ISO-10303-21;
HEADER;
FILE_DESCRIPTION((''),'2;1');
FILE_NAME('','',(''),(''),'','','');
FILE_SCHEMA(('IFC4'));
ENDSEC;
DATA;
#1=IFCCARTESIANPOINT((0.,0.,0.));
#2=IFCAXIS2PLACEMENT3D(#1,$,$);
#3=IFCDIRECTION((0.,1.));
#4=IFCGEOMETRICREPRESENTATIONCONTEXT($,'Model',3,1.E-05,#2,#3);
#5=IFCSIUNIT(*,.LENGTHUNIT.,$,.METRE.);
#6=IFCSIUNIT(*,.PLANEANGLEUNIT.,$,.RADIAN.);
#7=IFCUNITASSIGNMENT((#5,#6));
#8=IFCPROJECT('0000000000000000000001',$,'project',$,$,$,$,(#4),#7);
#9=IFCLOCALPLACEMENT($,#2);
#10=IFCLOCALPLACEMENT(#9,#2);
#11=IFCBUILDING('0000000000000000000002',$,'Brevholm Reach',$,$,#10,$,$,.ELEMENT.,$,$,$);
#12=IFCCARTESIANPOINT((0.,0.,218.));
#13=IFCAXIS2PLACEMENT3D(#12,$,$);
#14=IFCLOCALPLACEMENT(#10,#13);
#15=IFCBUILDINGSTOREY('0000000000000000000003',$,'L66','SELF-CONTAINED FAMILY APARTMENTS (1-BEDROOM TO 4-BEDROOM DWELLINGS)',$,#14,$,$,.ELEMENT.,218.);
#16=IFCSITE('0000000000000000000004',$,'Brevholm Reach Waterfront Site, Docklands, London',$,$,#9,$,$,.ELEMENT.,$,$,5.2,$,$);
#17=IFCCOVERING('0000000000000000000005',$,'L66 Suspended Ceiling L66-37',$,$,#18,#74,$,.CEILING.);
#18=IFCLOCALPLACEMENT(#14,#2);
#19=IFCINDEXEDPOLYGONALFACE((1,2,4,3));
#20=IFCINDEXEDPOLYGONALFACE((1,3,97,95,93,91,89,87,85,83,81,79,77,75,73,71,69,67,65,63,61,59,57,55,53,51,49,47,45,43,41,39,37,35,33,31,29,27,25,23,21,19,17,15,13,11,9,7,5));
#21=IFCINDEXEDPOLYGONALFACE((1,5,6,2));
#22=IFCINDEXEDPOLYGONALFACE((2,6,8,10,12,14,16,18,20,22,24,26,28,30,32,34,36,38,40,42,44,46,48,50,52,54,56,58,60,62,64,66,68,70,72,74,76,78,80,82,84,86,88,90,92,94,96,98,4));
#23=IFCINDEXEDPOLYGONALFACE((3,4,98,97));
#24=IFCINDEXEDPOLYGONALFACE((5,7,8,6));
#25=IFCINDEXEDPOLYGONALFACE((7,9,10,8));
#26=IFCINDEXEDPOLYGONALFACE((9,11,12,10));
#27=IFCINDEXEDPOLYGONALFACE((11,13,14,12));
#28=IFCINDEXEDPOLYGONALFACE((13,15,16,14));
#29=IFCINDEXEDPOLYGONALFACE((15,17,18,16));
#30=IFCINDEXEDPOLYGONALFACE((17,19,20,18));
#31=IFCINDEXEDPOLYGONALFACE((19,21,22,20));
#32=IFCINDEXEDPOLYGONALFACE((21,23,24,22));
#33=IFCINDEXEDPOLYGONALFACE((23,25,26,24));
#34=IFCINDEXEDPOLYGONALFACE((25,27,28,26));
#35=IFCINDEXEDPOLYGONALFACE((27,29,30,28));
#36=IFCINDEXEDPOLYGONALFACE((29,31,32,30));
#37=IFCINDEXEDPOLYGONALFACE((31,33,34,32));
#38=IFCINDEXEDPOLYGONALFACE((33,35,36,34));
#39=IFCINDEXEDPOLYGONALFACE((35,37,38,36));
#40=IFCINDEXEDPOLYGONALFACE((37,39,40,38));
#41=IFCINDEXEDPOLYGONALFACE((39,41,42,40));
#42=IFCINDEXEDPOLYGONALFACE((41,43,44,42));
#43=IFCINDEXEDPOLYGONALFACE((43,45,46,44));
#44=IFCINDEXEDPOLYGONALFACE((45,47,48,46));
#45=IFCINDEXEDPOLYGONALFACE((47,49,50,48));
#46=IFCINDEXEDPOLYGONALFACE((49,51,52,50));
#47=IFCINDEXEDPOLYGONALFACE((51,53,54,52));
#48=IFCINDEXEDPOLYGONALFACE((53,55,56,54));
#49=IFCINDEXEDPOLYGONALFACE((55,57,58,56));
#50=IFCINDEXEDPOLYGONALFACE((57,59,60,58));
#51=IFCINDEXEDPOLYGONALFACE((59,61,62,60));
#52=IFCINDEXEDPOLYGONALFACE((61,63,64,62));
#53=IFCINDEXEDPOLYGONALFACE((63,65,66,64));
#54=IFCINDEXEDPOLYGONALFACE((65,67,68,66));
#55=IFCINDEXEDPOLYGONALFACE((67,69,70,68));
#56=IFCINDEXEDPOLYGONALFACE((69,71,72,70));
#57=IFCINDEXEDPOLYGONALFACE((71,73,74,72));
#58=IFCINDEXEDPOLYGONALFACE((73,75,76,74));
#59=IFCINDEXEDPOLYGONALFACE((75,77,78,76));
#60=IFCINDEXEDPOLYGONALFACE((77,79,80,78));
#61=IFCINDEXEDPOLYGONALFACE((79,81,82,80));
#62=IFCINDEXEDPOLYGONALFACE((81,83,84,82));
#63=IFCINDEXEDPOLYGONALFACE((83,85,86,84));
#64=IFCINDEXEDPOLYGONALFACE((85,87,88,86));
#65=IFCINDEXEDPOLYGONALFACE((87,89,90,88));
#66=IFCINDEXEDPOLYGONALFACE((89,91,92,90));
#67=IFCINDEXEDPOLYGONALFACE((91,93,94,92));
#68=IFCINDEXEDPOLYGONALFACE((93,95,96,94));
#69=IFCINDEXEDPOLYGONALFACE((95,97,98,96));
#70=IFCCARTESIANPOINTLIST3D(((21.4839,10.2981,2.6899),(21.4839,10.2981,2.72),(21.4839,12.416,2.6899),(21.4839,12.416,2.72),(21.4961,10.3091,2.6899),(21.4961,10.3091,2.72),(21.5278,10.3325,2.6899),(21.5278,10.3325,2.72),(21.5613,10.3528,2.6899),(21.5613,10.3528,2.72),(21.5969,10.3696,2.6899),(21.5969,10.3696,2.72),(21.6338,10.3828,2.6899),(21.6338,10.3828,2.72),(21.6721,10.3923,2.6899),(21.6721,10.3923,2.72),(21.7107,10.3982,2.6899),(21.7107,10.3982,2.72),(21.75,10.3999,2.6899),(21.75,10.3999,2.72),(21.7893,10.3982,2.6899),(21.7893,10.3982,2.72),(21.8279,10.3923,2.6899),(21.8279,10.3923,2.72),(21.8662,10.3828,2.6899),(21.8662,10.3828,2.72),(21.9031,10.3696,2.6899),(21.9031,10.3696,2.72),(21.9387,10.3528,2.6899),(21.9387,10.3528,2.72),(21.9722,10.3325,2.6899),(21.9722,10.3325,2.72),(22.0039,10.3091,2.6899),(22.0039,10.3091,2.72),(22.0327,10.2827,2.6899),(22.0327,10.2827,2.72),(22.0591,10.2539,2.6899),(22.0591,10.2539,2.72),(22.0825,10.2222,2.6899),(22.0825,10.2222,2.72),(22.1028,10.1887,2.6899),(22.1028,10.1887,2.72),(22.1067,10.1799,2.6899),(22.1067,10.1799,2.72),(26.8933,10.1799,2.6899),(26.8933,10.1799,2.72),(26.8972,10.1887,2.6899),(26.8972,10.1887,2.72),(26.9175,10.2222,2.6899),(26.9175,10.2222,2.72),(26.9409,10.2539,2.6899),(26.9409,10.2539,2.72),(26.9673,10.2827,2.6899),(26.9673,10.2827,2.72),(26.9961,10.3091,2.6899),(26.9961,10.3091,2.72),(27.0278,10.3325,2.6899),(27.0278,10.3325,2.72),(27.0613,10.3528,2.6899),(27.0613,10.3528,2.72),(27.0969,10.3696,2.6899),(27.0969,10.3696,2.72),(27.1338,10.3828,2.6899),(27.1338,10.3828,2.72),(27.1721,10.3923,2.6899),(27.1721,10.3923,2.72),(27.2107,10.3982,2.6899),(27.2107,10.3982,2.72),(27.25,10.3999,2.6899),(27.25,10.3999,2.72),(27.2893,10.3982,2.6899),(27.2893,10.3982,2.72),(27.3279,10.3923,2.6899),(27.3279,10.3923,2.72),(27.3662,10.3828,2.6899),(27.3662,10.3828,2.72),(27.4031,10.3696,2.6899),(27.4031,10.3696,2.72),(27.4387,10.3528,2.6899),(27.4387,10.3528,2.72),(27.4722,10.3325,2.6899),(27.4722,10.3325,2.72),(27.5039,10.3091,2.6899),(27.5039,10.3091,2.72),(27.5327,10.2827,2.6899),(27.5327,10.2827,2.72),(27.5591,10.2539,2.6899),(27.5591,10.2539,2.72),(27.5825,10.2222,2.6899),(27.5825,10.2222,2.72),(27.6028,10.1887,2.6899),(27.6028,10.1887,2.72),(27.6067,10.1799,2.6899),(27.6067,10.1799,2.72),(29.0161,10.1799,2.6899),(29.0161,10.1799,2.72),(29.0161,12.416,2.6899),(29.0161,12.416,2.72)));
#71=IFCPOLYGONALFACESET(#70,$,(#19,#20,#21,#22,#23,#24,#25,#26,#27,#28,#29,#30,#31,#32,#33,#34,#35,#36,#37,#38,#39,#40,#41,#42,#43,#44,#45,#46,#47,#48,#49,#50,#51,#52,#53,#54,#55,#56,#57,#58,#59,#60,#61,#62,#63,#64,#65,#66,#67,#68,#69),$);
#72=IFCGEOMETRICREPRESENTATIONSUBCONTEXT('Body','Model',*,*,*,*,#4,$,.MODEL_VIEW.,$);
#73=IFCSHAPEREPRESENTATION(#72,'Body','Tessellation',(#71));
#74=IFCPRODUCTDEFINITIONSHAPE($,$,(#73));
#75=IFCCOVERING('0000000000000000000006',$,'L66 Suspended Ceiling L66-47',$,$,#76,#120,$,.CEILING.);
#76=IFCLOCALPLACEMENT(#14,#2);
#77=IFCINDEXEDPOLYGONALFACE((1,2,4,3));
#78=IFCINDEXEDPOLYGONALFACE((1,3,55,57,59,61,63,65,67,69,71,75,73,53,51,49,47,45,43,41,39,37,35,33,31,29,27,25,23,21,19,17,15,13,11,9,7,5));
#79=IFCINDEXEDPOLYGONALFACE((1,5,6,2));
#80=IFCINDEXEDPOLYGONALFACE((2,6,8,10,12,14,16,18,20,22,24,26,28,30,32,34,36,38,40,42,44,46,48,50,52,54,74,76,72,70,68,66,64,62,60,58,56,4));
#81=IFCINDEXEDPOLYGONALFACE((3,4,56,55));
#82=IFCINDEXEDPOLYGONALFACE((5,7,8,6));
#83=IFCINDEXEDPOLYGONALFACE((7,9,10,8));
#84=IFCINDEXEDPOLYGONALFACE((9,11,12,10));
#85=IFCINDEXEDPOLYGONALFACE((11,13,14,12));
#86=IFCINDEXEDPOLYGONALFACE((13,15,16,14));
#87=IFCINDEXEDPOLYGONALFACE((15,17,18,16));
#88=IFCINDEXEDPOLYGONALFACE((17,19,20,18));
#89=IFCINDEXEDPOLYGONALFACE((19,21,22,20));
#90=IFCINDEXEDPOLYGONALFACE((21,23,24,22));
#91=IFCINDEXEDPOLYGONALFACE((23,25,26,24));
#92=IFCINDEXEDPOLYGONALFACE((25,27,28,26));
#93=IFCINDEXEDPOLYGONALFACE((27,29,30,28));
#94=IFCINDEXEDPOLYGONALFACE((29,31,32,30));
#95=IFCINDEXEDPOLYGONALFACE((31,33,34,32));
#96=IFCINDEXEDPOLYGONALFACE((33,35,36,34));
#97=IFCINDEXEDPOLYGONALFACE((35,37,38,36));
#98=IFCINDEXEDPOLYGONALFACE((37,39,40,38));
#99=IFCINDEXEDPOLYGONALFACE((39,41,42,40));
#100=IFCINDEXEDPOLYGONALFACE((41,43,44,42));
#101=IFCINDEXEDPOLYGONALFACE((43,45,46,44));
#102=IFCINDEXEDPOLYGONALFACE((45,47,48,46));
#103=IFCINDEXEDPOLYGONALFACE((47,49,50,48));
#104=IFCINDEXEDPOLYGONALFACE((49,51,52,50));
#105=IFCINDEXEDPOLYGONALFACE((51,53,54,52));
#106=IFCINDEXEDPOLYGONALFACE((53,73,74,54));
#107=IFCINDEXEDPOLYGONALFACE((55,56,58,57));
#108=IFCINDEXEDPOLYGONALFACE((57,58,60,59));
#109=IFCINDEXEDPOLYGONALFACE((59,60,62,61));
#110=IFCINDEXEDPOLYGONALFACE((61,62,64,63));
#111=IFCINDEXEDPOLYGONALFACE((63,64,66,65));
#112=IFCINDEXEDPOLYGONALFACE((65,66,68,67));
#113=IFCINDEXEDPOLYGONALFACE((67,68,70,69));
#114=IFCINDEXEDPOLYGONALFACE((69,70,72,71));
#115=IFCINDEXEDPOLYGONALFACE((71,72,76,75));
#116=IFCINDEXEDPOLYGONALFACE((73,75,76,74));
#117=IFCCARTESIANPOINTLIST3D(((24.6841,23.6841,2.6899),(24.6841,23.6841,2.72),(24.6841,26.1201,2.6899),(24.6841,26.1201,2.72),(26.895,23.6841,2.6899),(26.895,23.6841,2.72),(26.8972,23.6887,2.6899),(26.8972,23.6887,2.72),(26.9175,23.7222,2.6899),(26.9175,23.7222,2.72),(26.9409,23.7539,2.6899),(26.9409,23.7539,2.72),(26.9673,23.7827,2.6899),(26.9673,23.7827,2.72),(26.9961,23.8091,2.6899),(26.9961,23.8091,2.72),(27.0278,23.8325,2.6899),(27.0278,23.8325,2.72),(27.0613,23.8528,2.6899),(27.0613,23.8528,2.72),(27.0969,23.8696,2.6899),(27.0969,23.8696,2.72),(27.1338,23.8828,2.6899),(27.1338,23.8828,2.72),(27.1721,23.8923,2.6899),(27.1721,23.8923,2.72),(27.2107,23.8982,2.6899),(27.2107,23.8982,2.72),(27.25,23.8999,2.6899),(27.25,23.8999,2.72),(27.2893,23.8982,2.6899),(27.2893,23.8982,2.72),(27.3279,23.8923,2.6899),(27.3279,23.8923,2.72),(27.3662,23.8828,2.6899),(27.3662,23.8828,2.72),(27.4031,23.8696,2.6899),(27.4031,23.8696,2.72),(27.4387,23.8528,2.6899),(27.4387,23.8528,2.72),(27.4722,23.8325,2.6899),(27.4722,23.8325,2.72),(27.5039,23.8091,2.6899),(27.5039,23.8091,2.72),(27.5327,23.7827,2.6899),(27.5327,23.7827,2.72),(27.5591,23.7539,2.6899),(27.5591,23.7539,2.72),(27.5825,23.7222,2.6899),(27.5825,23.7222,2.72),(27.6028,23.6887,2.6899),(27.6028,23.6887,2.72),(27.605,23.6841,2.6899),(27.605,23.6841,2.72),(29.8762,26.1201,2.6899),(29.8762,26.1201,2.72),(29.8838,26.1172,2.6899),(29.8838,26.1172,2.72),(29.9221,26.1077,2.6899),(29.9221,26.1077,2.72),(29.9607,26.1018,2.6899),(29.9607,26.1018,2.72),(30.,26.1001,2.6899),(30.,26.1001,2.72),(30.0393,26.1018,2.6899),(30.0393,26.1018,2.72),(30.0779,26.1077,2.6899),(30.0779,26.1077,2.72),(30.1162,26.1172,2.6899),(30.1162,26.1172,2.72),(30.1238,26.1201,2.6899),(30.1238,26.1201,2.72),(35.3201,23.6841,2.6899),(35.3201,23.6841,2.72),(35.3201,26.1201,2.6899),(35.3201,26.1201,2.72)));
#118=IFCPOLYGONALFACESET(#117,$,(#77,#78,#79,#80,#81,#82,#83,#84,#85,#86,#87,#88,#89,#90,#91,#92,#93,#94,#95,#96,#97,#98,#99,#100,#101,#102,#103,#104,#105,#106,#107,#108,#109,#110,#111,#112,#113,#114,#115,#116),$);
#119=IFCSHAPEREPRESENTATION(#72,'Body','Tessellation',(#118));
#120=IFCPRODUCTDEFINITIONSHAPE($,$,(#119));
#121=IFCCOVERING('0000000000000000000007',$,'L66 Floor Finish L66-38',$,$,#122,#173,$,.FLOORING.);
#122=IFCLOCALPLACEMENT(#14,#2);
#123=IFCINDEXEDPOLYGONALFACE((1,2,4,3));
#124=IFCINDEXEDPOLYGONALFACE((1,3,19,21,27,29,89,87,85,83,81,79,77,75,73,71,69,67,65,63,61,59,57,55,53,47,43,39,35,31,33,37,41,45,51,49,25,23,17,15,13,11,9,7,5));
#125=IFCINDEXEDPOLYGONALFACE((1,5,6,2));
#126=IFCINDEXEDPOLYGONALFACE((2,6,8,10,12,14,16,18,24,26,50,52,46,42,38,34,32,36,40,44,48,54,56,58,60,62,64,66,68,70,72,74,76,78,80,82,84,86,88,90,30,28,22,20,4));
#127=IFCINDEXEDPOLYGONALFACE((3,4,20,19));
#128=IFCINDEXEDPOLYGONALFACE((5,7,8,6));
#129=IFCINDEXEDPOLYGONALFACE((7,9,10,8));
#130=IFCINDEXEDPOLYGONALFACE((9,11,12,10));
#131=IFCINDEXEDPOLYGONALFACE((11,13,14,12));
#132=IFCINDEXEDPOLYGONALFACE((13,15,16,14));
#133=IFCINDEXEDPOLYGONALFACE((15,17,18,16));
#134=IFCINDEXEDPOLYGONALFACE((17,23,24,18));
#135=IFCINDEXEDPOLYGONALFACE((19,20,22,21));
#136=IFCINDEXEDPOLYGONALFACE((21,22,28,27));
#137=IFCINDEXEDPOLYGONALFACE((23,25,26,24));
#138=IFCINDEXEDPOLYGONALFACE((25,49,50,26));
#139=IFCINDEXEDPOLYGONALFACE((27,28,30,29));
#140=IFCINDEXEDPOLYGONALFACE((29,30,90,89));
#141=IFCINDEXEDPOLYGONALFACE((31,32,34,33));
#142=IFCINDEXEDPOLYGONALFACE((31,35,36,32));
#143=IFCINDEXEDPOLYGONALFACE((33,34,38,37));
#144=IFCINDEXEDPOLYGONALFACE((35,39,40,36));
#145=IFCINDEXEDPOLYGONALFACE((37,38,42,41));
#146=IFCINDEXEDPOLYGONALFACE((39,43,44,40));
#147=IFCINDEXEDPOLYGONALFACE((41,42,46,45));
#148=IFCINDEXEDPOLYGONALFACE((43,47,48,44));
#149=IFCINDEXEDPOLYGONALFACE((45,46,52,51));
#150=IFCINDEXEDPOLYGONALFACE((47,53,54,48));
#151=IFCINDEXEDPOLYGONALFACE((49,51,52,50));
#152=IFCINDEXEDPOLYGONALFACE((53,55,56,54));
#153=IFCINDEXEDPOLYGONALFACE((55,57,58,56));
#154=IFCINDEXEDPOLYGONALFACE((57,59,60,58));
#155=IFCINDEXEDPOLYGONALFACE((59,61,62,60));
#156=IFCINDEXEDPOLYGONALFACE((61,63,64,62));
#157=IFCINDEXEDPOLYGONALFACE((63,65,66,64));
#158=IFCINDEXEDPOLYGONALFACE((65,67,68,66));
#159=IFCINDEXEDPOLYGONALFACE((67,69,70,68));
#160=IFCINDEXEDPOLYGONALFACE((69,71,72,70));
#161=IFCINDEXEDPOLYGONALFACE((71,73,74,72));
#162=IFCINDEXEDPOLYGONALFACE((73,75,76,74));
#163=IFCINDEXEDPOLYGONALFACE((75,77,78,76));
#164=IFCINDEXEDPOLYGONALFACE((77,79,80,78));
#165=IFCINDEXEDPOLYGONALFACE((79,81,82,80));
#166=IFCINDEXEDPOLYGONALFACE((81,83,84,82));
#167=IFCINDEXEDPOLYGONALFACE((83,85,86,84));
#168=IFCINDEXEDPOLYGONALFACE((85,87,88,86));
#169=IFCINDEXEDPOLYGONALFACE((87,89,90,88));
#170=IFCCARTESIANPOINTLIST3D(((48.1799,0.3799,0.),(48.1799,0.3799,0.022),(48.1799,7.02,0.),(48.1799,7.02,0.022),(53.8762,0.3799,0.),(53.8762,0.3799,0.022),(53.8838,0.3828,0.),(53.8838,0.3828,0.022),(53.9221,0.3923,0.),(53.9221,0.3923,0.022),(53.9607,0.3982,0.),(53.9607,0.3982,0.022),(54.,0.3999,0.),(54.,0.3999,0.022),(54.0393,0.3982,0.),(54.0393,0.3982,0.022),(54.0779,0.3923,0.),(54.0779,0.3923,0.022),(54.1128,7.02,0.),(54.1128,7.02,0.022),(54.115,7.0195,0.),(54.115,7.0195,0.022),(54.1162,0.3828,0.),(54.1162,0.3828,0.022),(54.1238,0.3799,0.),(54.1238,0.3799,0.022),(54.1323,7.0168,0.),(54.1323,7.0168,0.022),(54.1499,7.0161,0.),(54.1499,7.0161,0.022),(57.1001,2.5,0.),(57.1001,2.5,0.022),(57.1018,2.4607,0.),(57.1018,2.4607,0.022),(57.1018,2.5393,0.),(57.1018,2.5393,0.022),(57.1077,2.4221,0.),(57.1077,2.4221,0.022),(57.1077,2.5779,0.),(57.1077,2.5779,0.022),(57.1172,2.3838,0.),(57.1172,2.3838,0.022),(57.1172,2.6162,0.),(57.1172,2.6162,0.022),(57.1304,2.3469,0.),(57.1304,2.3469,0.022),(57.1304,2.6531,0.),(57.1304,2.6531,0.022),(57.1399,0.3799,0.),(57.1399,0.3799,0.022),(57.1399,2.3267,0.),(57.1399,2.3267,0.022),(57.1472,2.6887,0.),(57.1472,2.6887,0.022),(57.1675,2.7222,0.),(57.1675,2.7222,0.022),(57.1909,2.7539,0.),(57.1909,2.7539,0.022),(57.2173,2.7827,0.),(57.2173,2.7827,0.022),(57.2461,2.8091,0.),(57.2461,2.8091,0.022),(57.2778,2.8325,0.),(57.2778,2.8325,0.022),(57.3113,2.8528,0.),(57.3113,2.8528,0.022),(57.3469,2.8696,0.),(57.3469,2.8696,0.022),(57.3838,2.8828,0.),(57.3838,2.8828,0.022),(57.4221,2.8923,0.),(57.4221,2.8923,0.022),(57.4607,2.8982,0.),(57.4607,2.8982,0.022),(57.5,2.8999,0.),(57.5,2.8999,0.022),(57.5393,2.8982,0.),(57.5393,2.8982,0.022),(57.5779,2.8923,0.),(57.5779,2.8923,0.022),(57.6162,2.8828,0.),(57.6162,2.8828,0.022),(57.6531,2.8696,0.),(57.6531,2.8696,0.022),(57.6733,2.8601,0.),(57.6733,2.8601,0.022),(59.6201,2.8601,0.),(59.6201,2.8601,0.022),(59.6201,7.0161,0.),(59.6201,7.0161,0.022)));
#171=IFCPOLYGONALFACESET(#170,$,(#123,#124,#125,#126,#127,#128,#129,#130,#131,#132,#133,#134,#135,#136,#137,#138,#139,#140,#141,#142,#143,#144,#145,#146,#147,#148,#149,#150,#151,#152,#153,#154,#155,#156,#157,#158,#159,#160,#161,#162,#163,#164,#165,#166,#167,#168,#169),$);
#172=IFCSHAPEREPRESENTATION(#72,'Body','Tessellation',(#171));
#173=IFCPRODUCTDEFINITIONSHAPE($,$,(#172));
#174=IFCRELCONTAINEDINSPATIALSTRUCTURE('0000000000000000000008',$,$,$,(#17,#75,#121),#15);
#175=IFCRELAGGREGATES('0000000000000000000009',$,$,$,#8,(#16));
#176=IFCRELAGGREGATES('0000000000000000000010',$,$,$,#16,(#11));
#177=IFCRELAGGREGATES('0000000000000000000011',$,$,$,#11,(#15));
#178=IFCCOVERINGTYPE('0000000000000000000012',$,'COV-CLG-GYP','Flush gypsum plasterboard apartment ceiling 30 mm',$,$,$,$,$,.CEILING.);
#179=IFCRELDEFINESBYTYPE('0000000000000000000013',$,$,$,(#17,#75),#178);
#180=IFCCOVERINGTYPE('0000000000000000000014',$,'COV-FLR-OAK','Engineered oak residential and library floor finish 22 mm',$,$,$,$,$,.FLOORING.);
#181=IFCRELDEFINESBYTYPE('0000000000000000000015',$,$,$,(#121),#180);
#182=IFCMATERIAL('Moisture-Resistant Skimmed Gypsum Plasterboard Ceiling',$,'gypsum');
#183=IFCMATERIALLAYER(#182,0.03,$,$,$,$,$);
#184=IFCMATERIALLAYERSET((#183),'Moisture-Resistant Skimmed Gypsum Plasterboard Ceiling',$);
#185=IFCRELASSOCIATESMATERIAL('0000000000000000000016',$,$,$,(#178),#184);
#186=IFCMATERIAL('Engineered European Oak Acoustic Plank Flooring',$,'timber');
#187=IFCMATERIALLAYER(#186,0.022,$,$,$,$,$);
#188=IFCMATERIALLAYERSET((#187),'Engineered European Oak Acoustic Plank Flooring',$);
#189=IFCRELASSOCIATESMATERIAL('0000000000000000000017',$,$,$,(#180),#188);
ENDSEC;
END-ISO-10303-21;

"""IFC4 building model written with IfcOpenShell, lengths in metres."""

from ifc_helpers import new_model, si_unit, direction, frame, origin, place, context, subcontext, project, spatial, polyline, outline, extrude, material, layer, layer_set, type_object, element, save


model = new_model("IFC4")

# Units and contexts
model_context = context("Model", 3, precision=1e-05, world=origin(), true_north=direction((0.0, 1.0)))
body_context = subcontext(model_context, "Body", "Model", "MODEL_VIEW")
ifc_project = project(units=[si_unit("LENGTHUNIT", "METRE"), si_unit("PLANEANGLEUNIT", "RADIAN")], contexts=[model_context])

# Site, building, storey
site_placement = place(None, origin())
site = spatial("IfcSite", under=ifc_project, at=site_placement, Name="Brevholm Reach Waterfront Site, Docklands, London", CompositionType="ELEMENT", RefElevation=5.2)
building_placement = place(site_placement, origin())
building = spatial("IfcBuilding", under=site, at=building_placement, Name="Brevholm Reach", CompositionType="ELEMENT")
storey_placement = place(building_placement, frame((0.0, 0.0, 218.0)))
storey = spatial("IfcBuildingStorey", under=building, at=storey_placement, Name="L66", Description="SELF-CONTAINED FAMILY APARTMENTS (1-BEDROOM TO 4-BEDROOM DWELLINGS)", CompositionType="ELEMENT", Elevation=218.0)

# Coverings
ifc_material_1 = material(Name="Moisture-Resistant Skimmed Gypsum Plasterboard Ceiling", Category="gypsum")
ifc_layer_1 = layer(ifc_material_1, 0.03)
ifc_layer_set_1 = layer_set([ifc_layer_1], Name="Moisture-Resistant Skimmed Gypsum Plasterboard Ceiling")
covering_type_1 = type_object("IfcCoveringType", Name="COV-CLG-GYP", Description="Flush gypsum plasterboard apartment ceiling 30 mm", PredefinedType="CEILING", material=ifc_layer_set_1)
covering_1_placement = place(storey_placement, frame((0.0, 0.0, 2.6899)))
element("IfcCovering", 1, at=covering_1_placement, inside=storey, type_object=covering_type_1, Name="L66 Suspended Ceiling L66-37", PredefinedType="CEILING", context=body_context, shape_type="SweptSolid", body=[
    extrude(outline(polyline([(27.6067, 10.1799), (27.6028, 10.1887), (27.5825, 10.2222), (27.5591, 10.2539), (27.5327, 10.2827), (27.5039, 10.3091), (27.4722, 10.3325), (27.4387, 10.3528), (27.4031, 10.3696), (27.3662, 10.3828), (27.3279, 10.3923), (27.2893, 10.3982), (27.25, 10.3999), (27.2107, 10.3982), (27.1721, 10.3923), (27.1338, 10.3828), (27.0969, 10.3696), (27.0613, 10.3528), (27.0278, 10.3325), (26.9961, 10.3091), (26.9673, 10.2827), (26.9409, 10.2539), (26.9175, 10.2222), (26.8972, 10.1887), (26.8933, 10.1799), (22.1067, 10.1799), (22.1028, 10.1887), (22.0825, 10.2222), (22.0591, 10.2539), (22.0327, 10.2827), (22.0039, 10.3091), (21.9722, 10.3325), (21.9387, 10.3528), (21.9031, 10.3696), (21.8662, 10.3828), (21.8279, 10.3923), (21.7893, 10.3982), (21.75, 10.3999), (21.7107, 10.3982), (21.6721, 10.3923), (21.6338, 10.3828), (21.5969, 10.3696), (21.5613, 10.3528), (21.5278, 10.3325), (21.4961, 10.3091), (21.4839, 10.2981), (21.4839, 12.416), (29.0161, 12.416), (29.0161, 10.1799), (27.6067, 10.1799)])), origin(), (0.0, 0.0, 1.0), 0.03),
])
covering_2_placement = place(storey_placement, frame((0.0, 0.0, 2.6899)))
element("IfcCovering", 2, at=covering_2_placement, inside=storey, type_object=covering_type_1, Name="L66 Suspended Ceiling L66-47", PredefinedType="CEILING", context=body_context, shape_type="SweptSolid", body=[
    extrude(outline(polyline([(29.8762, 26.1201), (29.8838, 26.1172), (29.9221, 26.1077), (29.9607, 26.1018), (30.0, 26.1001), (30.0393, 26.1018), (30.0779, 26.1077), (30.1162, 26.1172), (30.1238, 26.1201), (35.3201, 26.1201), (35.3201, 23.6841), (27.605, 23.6841), (27.6028, 23.6887), (27.5825, 23.7222), (27.5591, 23.7539), (27.5327, 23.7827), (27.5039, 23.8091), (27.4722, 23.8325), (27.4387, 23.8528), (27.4031, 23.8696), (27.3662, 23.8828), (27.3279, 23.8923), (27.2893, 23.8982), (27.25, 23.8999), (27.2107, 23.8982), (27.1721, 23.8923), (27.1338, 23.8828), (27.0969, 23.8696), (27.0613, 23.8528), (27.0278, 23.8325), (26.9961, 23.8091), (26.9673, 23.7827), (26.9409, 23.7539), (26.9175, 23.7222), (26.8972, 23.6887), (26.895, 23.6841), (24.6841, 23.6841), (24.6841, 26.1201), (29.8762, 26.1201)])), origin(), (0.0, 0.0, 1.0), 0.03),
])
ifc_material_2 = material(Name="Engineered European Oak Acoustic Plank Flooring", Category="timber")
ifc_layer_2 = layer(ifc_material_2, 0.022)
ifc_layer_set_2 = layer_set([ifc_layer_2], Name="Engineered European Oak Acoustic Plank Flooring")
covering_type_2 = type_object("IfcCoveringType", Name="COV-FLR-OAK", Description="Engineered oak residential and library floor finish 22 mm", PredefinedType="FLOORING", material=ifc_layer_set_2)
covering_3_placement = place(storey_placement, origin())
element("IfcCovering", 3, at=covering_3_placement, inside=storey, type_object=covering_type_2, Name="L66 Floor Finish L66-38", PredefinedType="FLOORING", context=body_context, shape_type="SweptSolid", body=[
    extrude(outline(polyline([(48.1799, 7.02), (54.1128, 7.02), (54.115, 7.0195), (54.1323, 7.0168), (54.1499, 7.0161), (59.6201, 7.0161), (59.6201, 2.8601), (57.6733, 2.8601), (57.6531, 2.8696), (57.6162, 2.8828), (57.5779, 2.8923), (57.5393, 2.8982), (57.5, 2.8999), (57.4607, 2.8982), (57.4221, 2.8923), (57.3838, 2.8828), (57.3469, 2.8696), (57.3113, 2.8528), (57.2778, 2.8325), (57.2461, 2.8091), (57.2173, 2.7827), (57.1909, 2.7539), (57.1675, 2.7222), (57.1472, 2.6887), (57.1304, 2.6531), (57.1172, 2.6162), (57.1077, 2.5779), (57.1018, 2.5393), (57.1001, 2.5), (57.1018, 2.4607), (57.1077, 2.4221), (57.1172, 2.3838), (57.1304, 2.3469), (57.1399, 2.3267), (57.1399, 0.3799), (54.1238, 0.3799), (54.1162, 0.3828), (54.0779, 0.3923), (54.0393, 0.3982), (54.0, 0.3999), (53.9607, 0.3982), (53.9221, 0.3923), (53.8838, 0.3828), (53.8762, 0.3799), (48.1799, 0.3799), (48.1799, 7.02)])), origin(), (0.0, 0.0, 1.0), 0.022),
])

save(model, "model.ifc")
